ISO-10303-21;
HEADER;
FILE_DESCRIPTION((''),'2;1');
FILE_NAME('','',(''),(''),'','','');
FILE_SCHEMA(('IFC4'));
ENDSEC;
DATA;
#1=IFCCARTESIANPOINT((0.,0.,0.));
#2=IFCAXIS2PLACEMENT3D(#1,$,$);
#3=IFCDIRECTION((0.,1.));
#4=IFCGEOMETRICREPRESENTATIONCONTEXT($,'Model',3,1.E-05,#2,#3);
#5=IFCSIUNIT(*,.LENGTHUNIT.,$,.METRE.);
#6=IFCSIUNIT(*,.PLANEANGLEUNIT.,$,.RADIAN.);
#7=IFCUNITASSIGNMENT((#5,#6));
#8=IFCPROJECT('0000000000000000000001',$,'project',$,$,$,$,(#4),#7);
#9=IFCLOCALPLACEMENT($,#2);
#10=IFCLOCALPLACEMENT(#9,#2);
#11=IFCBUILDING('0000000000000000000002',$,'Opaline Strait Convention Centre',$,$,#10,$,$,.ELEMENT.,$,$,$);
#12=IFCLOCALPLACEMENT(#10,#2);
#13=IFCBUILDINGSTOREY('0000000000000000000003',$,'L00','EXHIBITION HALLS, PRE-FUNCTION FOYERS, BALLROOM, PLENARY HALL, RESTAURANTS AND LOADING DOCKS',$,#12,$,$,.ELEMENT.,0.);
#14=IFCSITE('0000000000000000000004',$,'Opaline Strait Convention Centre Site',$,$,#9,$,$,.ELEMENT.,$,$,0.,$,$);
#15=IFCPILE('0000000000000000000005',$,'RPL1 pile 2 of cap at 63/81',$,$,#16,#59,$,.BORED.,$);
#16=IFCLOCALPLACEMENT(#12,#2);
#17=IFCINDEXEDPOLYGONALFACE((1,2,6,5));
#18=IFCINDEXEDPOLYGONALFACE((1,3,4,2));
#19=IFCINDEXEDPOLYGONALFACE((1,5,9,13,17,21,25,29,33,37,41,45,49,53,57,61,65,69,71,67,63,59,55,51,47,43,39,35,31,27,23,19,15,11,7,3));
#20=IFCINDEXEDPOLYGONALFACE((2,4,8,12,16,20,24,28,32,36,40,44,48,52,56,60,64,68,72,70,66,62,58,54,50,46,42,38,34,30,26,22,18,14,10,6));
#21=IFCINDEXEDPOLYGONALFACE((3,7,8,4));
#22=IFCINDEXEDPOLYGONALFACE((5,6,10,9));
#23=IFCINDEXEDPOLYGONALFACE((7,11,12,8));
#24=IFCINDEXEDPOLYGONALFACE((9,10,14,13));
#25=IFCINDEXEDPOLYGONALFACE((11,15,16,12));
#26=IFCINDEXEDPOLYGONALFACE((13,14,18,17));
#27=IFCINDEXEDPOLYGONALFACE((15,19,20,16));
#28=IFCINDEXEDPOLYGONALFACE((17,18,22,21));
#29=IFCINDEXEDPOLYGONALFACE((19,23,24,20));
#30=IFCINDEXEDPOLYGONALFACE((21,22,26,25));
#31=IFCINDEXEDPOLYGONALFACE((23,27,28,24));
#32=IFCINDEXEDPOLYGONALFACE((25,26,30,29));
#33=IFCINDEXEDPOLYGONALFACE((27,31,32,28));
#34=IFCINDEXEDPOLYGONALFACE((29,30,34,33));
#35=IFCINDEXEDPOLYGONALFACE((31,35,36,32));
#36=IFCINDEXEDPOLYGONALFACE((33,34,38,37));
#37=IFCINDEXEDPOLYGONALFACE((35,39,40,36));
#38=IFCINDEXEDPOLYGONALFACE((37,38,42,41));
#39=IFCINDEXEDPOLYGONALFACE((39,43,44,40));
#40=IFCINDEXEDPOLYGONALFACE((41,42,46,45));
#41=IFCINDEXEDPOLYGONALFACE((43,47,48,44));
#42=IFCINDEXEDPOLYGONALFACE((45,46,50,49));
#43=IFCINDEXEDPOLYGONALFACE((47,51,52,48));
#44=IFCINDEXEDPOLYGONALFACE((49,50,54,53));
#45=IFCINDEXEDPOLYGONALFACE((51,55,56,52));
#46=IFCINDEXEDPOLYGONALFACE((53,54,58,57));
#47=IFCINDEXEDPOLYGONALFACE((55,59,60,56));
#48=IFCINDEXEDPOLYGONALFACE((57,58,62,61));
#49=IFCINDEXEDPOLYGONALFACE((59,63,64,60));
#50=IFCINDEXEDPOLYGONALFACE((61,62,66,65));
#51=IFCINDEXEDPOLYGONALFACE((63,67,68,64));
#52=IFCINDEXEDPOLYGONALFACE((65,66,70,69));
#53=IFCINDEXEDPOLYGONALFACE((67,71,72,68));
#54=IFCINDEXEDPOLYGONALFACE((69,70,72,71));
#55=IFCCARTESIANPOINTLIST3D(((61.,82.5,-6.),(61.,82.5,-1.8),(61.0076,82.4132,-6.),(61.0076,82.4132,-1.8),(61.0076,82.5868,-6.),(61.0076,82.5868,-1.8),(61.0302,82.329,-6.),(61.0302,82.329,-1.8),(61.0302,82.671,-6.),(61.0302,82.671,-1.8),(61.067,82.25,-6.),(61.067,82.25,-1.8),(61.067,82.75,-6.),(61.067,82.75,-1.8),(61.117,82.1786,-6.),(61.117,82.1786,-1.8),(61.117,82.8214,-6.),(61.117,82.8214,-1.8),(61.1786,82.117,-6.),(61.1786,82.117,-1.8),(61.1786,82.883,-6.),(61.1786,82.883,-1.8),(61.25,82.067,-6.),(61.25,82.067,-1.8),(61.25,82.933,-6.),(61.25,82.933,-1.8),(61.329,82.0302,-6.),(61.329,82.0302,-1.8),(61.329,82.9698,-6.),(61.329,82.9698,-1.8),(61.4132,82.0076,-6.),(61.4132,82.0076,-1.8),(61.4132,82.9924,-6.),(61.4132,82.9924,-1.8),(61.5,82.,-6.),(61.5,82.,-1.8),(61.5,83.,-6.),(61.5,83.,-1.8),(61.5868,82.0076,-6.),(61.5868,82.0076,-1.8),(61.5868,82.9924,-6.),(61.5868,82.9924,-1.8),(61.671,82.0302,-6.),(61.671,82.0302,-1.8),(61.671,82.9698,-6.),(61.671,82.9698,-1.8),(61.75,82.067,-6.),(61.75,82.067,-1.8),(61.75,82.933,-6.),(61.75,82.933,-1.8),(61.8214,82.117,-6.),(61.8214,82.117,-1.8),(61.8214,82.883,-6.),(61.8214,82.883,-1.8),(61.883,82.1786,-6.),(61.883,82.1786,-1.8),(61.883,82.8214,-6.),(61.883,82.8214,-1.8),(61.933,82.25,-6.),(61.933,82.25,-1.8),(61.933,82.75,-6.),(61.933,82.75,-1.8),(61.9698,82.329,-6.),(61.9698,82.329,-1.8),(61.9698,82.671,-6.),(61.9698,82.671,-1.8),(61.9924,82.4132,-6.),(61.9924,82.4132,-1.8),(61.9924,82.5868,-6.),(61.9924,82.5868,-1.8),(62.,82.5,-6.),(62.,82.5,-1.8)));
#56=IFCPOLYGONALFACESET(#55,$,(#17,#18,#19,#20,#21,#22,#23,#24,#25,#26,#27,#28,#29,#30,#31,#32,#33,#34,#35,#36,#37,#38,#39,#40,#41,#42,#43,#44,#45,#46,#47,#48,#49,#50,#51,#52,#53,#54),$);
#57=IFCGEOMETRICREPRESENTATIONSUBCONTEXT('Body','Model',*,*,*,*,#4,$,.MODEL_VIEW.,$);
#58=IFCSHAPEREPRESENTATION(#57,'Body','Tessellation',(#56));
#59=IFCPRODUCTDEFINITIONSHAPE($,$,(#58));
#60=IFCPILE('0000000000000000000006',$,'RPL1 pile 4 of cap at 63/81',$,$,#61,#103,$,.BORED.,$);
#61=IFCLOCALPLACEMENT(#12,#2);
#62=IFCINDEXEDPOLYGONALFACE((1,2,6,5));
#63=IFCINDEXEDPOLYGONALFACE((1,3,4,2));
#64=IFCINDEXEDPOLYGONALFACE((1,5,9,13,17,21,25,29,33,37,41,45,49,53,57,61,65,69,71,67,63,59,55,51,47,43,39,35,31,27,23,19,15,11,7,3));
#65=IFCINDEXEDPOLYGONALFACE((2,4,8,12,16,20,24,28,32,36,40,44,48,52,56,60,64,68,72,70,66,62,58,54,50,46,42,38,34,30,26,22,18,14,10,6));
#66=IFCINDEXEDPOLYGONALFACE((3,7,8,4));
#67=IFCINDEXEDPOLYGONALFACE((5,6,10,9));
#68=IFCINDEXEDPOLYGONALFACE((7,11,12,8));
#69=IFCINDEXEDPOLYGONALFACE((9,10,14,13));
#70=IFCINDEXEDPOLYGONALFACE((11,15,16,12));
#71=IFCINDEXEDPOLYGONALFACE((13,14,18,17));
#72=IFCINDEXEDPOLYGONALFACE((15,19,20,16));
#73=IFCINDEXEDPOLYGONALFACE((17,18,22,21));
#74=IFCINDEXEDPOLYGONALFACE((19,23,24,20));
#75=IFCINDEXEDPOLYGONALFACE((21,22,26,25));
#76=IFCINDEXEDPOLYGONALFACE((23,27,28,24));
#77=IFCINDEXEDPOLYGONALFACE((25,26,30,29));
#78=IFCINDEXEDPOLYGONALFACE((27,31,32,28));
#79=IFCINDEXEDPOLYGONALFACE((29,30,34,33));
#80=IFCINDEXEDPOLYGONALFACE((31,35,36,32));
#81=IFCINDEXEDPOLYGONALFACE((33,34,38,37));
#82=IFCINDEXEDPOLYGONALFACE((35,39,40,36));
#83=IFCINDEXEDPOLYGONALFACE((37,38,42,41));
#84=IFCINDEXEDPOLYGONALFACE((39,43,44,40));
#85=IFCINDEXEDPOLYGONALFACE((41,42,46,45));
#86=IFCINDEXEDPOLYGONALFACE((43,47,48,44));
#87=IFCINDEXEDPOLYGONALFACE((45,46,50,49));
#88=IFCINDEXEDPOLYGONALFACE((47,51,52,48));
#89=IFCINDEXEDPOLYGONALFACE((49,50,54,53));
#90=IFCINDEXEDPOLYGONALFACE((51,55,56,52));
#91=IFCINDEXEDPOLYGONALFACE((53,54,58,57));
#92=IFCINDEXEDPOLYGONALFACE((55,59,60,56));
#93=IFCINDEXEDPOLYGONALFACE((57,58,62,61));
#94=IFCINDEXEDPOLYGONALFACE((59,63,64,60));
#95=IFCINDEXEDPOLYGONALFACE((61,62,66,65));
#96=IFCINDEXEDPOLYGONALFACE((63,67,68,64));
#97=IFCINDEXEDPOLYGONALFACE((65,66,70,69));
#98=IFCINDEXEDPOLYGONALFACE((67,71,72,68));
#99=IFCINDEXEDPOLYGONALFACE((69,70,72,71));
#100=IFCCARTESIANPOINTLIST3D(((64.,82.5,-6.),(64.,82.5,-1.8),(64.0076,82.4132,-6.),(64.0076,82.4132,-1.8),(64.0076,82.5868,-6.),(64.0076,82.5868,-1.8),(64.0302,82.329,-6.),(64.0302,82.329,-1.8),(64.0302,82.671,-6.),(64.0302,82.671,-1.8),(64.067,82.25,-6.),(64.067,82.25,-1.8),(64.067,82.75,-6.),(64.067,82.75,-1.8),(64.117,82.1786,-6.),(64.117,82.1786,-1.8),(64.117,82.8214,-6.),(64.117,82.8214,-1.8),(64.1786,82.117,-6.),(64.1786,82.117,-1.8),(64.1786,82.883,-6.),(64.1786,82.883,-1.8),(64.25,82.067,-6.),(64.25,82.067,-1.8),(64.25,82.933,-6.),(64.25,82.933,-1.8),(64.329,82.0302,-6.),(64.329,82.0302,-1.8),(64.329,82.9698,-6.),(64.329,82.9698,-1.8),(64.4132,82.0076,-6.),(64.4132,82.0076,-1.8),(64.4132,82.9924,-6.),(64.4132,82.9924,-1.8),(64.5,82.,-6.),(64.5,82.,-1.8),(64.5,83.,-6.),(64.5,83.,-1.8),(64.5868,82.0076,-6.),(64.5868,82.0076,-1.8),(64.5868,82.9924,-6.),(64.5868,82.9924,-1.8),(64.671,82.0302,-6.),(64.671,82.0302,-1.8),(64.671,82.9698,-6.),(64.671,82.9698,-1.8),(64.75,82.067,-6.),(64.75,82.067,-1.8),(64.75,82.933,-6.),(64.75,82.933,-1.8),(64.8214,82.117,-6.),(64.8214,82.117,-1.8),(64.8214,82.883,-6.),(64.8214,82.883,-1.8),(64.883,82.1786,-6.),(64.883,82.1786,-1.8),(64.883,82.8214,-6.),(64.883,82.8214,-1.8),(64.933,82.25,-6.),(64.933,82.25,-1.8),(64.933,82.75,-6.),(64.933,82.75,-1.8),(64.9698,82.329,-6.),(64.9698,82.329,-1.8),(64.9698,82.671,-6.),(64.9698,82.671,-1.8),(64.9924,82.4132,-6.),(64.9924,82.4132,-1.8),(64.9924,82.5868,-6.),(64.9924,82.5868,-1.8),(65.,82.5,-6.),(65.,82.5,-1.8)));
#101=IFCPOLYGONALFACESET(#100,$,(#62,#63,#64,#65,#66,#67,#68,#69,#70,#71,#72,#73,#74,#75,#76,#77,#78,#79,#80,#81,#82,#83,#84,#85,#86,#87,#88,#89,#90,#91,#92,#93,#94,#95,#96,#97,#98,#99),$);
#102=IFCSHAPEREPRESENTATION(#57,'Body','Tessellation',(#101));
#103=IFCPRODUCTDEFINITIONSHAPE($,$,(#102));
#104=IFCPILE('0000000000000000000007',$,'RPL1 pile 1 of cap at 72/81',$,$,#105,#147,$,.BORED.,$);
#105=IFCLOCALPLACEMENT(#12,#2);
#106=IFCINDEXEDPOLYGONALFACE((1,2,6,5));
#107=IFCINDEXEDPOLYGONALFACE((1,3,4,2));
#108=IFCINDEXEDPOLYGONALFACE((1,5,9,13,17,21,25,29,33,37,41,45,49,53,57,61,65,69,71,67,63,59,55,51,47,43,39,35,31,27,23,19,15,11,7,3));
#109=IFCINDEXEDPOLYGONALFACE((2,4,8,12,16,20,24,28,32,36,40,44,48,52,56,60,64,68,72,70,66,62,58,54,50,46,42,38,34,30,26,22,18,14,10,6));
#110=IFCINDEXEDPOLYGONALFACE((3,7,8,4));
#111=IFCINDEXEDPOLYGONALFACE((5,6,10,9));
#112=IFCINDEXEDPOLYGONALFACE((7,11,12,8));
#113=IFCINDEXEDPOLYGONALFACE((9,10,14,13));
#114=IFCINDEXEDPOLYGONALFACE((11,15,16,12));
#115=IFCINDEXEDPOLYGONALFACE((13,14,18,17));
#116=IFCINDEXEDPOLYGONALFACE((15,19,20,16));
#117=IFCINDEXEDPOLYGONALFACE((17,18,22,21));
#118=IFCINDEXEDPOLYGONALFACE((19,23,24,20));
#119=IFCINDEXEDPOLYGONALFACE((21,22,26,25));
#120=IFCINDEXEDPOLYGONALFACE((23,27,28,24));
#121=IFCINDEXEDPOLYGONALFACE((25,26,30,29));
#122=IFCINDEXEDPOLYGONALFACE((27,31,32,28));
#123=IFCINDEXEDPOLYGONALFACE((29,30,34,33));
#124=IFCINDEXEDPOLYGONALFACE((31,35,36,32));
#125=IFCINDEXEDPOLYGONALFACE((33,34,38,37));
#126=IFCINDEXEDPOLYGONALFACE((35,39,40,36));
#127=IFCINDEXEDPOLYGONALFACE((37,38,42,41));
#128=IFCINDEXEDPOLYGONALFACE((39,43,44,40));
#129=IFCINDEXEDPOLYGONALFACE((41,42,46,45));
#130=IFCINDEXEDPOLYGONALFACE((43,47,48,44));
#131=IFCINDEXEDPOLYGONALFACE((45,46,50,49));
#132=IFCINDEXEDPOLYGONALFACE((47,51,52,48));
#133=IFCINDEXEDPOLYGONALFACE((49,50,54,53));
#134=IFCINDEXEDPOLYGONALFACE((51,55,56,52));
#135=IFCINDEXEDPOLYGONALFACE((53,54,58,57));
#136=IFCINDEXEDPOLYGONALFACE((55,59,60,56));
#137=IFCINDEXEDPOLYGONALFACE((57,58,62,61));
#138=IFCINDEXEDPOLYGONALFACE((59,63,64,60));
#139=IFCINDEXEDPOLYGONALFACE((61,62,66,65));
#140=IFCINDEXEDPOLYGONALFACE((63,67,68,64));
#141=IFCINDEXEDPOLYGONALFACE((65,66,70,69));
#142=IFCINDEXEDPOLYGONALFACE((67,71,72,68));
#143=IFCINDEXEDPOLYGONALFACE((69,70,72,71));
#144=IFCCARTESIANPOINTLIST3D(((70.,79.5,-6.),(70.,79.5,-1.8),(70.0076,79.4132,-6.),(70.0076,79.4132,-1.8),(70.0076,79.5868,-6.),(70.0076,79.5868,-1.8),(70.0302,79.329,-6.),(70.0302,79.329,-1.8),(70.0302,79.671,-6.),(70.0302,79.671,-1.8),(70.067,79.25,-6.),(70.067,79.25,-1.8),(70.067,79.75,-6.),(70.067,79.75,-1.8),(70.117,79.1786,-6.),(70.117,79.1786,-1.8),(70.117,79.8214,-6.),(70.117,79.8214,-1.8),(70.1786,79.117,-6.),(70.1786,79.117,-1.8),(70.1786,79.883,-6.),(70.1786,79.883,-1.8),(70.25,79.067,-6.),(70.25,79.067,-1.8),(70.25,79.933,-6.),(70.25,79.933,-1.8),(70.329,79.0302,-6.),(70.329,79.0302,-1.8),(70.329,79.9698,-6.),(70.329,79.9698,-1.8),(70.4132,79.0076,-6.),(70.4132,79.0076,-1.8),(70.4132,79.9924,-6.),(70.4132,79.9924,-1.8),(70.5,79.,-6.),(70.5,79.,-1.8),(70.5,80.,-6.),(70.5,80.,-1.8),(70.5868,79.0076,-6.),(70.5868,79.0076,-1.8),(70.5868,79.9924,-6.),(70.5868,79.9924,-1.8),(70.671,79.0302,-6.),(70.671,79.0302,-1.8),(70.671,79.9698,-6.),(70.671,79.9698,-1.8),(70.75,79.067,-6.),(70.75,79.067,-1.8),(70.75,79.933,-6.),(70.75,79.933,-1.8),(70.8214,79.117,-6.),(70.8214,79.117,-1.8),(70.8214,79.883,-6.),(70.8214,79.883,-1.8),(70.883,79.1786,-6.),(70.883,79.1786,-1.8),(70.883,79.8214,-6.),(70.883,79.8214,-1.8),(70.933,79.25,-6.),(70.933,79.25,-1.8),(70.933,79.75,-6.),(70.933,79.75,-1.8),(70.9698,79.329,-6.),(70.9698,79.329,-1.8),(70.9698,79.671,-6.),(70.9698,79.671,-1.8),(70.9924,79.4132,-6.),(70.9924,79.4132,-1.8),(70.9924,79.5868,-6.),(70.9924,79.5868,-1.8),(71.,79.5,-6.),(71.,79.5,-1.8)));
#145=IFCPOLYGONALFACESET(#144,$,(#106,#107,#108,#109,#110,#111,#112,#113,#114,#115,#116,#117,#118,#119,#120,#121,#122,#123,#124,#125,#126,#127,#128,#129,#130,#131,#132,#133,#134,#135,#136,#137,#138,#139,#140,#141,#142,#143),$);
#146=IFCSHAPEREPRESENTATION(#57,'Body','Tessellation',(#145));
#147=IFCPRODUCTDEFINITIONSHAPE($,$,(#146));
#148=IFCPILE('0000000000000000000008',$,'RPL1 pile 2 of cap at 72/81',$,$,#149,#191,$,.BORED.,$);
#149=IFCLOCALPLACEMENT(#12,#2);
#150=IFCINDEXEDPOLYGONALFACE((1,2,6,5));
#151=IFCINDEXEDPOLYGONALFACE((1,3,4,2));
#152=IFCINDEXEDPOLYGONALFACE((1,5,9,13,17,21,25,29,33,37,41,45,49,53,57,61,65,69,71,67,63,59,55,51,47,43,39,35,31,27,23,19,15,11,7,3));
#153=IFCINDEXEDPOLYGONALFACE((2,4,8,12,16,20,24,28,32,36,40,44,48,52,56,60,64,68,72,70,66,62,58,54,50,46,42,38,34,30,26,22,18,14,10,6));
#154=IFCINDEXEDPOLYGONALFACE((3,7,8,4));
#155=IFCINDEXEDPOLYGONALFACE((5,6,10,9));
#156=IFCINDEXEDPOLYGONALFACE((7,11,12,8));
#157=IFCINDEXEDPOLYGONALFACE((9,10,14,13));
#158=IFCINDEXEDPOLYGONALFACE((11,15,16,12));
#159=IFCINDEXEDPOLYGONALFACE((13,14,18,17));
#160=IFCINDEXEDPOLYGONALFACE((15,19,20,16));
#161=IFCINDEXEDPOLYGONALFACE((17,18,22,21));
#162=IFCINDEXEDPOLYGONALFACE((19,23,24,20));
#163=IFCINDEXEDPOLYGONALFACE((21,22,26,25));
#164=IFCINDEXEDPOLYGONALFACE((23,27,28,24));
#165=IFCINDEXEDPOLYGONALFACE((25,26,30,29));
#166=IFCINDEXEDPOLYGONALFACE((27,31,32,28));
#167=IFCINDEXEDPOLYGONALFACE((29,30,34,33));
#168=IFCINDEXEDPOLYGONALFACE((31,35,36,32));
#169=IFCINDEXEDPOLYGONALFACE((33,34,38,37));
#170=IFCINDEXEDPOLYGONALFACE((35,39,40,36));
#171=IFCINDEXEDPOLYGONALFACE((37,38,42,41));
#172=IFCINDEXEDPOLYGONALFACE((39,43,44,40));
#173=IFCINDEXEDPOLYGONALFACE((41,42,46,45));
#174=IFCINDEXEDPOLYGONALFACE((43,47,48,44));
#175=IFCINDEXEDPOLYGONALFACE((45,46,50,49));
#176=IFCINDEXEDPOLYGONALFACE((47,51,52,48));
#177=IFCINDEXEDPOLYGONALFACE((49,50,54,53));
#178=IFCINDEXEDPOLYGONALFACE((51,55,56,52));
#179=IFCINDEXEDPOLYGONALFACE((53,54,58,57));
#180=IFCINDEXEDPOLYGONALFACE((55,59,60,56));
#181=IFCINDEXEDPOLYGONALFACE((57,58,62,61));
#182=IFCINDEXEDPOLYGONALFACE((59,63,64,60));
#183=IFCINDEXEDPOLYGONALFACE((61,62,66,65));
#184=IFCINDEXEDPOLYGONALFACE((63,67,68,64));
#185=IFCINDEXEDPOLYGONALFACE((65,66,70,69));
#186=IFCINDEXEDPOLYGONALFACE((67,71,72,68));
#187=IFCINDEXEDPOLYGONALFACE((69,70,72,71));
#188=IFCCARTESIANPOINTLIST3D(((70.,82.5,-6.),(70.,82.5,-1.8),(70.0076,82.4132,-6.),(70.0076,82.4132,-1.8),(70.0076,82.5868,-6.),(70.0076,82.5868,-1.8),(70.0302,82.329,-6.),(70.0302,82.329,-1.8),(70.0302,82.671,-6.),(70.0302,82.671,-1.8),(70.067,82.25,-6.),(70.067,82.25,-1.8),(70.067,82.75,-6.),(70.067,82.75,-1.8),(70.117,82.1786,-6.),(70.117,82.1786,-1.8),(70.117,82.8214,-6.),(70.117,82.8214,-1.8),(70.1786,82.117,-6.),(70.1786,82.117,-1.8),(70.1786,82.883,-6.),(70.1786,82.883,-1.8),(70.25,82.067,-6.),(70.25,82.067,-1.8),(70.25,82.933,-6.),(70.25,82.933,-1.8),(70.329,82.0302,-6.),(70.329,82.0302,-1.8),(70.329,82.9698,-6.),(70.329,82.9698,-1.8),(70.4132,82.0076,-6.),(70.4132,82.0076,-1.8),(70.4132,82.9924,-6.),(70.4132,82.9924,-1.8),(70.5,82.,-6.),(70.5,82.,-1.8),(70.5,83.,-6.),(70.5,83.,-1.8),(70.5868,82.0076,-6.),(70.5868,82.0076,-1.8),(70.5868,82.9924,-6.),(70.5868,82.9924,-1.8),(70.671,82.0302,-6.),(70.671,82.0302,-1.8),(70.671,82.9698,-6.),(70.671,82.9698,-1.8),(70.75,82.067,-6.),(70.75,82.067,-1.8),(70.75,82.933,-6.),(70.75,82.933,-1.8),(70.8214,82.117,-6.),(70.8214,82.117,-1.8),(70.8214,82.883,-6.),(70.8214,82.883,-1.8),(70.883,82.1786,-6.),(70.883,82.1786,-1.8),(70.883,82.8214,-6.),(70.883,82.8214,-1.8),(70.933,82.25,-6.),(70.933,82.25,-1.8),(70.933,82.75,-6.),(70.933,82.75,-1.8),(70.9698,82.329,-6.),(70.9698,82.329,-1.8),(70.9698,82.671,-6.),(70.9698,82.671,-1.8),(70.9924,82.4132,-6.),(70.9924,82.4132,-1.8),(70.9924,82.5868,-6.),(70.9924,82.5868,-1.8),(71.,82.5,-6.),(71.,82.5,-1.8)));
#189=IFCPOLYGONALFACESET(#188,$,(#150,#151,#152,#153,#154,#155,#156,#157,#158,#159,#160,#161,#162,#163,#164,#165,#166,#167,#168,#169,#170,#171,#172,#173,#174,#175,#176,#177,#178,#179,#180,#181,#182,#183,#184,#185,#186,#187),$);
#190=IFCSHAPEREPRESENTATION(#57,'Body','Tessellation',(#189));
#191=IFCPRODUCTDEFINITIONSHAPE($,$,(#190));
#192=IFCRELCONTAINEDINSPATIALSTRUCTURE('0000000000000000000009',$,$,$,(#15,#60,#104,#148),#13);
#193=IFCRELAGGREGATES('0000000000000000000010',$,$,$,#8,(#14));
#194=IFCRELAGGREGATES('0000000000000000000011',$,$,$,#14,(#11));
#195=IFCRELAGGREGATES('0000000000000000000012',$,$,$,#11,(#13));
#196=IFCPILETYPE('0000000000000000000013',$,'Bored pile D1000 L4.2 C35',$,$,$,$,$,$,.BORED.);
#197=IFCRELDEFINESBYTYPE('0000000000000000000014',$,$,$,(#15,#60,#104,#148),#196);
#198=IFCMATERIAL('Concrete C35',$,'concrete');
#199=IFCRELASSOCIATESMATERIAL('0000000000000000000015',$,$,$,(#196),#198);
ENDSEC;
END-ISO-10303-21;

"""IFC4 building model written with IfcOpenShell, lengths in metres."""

from ifc_helpers import new_model, si_unit, direction, frame, origin, origin_2d, place, context, subcontext, project, spatial, circle, extrude, material, material_profile, profile_set, type_object, element, save


model = new_model("IFC4")

# Units and contexts
model_context = context("Model", 3, precision=1e-05, world=origin(), true_north=direction((0.0, 1.0)))
body_context = subcontext(model_context, "Body", "Model", "MODEL_VIEW")
ifc_project = project(units=[si_unit("LENGTHUNIT", "METRE"), si_unit("PLANEANGLEUNIT", "RADIAN")], contexts=[model_context])

# Site, building, storey
site_placement = place(None, origin())
site = spatial("IfcSite", under=ifc_project, at=site_placement, Name="Opaline Strait Convention Centre Site", CompositionType="ELEMENT", RefElevation=0.0)
building_placement = place(site_placement, origin())
building = spatial("IfcBuilding", under=site, at=building_placement, Name="Opaline Strait Convention Centre", CompositionType="ELEMENT")
storey_placement = place(building_placement, origin())
storey = spatial("IfcBuildingStorey", under=building, at=storey_placement, Name="L00", Description="EXHIBITION HALLS, PRE-FUNCTION FOYERS, BALLROOM, PLENARY HALL, RESTAURANTS AND LOADING DOCKS", CompositionType="ELEMENT", Elevation=0.0)

# Piles
ifc_material_1 = material(Name="Concrete C35", Category="concrete")
ifc_material_profile_1 = material_profile(ifc_material_1, circle(Radius=0.5, at=origin_2d()), Name="D1000")
ifc_profile_set_1 = profile_set([ifc_material_profile_1], Name="Concrete C35")
pile_type = type_object("IfcPileType", Name="Bored pile D1000 L4.2 C35", PredefinedType="BORED", material=ifc_profile_set_1)
for number, where, z_axis, x_axis, name in (
    (1, (61.5, 82.5, -1.8), (0.0, 0.0, -1.0), (1.0, 0.0, 0.0), "RPL1 pile 2 of cap at 63/81"),
    (2, (64.5, 82.5, -1.8), (0.0, 0.0, -1.0), (1.0, 0.0, 0.0), "RPL1 pile 4 of cap at 63/81"),
    (3, (70.5, 79.5, -1.8), (0.0, 0.0, -1.0), (1.0, 0.0, 0.0), "RPL1 pile 1 of cap at 72/81"),
    (4, (70.5, 82.5, -1.8), (0.0, 0.0, -1.0), (1.0, 0.0, 0.0), "RPL1 pile 2 of cap at 72/81"),
):
    element("IfcPile", number, at=place(storey_placement, frame(where, z_axis=z_axis, x_axis=x_axis)), inside=storey, type_object=pile_type, Name=name, PredefinedType="BORED", context=body_context, shape_type="SweptSolid", body=[
        extrude(circle(Radius=0.5, at=origin_2d()), origin(), (0.0, 0.0, 1.0), 4.2),
    ])

save(model, "model.ifc")
